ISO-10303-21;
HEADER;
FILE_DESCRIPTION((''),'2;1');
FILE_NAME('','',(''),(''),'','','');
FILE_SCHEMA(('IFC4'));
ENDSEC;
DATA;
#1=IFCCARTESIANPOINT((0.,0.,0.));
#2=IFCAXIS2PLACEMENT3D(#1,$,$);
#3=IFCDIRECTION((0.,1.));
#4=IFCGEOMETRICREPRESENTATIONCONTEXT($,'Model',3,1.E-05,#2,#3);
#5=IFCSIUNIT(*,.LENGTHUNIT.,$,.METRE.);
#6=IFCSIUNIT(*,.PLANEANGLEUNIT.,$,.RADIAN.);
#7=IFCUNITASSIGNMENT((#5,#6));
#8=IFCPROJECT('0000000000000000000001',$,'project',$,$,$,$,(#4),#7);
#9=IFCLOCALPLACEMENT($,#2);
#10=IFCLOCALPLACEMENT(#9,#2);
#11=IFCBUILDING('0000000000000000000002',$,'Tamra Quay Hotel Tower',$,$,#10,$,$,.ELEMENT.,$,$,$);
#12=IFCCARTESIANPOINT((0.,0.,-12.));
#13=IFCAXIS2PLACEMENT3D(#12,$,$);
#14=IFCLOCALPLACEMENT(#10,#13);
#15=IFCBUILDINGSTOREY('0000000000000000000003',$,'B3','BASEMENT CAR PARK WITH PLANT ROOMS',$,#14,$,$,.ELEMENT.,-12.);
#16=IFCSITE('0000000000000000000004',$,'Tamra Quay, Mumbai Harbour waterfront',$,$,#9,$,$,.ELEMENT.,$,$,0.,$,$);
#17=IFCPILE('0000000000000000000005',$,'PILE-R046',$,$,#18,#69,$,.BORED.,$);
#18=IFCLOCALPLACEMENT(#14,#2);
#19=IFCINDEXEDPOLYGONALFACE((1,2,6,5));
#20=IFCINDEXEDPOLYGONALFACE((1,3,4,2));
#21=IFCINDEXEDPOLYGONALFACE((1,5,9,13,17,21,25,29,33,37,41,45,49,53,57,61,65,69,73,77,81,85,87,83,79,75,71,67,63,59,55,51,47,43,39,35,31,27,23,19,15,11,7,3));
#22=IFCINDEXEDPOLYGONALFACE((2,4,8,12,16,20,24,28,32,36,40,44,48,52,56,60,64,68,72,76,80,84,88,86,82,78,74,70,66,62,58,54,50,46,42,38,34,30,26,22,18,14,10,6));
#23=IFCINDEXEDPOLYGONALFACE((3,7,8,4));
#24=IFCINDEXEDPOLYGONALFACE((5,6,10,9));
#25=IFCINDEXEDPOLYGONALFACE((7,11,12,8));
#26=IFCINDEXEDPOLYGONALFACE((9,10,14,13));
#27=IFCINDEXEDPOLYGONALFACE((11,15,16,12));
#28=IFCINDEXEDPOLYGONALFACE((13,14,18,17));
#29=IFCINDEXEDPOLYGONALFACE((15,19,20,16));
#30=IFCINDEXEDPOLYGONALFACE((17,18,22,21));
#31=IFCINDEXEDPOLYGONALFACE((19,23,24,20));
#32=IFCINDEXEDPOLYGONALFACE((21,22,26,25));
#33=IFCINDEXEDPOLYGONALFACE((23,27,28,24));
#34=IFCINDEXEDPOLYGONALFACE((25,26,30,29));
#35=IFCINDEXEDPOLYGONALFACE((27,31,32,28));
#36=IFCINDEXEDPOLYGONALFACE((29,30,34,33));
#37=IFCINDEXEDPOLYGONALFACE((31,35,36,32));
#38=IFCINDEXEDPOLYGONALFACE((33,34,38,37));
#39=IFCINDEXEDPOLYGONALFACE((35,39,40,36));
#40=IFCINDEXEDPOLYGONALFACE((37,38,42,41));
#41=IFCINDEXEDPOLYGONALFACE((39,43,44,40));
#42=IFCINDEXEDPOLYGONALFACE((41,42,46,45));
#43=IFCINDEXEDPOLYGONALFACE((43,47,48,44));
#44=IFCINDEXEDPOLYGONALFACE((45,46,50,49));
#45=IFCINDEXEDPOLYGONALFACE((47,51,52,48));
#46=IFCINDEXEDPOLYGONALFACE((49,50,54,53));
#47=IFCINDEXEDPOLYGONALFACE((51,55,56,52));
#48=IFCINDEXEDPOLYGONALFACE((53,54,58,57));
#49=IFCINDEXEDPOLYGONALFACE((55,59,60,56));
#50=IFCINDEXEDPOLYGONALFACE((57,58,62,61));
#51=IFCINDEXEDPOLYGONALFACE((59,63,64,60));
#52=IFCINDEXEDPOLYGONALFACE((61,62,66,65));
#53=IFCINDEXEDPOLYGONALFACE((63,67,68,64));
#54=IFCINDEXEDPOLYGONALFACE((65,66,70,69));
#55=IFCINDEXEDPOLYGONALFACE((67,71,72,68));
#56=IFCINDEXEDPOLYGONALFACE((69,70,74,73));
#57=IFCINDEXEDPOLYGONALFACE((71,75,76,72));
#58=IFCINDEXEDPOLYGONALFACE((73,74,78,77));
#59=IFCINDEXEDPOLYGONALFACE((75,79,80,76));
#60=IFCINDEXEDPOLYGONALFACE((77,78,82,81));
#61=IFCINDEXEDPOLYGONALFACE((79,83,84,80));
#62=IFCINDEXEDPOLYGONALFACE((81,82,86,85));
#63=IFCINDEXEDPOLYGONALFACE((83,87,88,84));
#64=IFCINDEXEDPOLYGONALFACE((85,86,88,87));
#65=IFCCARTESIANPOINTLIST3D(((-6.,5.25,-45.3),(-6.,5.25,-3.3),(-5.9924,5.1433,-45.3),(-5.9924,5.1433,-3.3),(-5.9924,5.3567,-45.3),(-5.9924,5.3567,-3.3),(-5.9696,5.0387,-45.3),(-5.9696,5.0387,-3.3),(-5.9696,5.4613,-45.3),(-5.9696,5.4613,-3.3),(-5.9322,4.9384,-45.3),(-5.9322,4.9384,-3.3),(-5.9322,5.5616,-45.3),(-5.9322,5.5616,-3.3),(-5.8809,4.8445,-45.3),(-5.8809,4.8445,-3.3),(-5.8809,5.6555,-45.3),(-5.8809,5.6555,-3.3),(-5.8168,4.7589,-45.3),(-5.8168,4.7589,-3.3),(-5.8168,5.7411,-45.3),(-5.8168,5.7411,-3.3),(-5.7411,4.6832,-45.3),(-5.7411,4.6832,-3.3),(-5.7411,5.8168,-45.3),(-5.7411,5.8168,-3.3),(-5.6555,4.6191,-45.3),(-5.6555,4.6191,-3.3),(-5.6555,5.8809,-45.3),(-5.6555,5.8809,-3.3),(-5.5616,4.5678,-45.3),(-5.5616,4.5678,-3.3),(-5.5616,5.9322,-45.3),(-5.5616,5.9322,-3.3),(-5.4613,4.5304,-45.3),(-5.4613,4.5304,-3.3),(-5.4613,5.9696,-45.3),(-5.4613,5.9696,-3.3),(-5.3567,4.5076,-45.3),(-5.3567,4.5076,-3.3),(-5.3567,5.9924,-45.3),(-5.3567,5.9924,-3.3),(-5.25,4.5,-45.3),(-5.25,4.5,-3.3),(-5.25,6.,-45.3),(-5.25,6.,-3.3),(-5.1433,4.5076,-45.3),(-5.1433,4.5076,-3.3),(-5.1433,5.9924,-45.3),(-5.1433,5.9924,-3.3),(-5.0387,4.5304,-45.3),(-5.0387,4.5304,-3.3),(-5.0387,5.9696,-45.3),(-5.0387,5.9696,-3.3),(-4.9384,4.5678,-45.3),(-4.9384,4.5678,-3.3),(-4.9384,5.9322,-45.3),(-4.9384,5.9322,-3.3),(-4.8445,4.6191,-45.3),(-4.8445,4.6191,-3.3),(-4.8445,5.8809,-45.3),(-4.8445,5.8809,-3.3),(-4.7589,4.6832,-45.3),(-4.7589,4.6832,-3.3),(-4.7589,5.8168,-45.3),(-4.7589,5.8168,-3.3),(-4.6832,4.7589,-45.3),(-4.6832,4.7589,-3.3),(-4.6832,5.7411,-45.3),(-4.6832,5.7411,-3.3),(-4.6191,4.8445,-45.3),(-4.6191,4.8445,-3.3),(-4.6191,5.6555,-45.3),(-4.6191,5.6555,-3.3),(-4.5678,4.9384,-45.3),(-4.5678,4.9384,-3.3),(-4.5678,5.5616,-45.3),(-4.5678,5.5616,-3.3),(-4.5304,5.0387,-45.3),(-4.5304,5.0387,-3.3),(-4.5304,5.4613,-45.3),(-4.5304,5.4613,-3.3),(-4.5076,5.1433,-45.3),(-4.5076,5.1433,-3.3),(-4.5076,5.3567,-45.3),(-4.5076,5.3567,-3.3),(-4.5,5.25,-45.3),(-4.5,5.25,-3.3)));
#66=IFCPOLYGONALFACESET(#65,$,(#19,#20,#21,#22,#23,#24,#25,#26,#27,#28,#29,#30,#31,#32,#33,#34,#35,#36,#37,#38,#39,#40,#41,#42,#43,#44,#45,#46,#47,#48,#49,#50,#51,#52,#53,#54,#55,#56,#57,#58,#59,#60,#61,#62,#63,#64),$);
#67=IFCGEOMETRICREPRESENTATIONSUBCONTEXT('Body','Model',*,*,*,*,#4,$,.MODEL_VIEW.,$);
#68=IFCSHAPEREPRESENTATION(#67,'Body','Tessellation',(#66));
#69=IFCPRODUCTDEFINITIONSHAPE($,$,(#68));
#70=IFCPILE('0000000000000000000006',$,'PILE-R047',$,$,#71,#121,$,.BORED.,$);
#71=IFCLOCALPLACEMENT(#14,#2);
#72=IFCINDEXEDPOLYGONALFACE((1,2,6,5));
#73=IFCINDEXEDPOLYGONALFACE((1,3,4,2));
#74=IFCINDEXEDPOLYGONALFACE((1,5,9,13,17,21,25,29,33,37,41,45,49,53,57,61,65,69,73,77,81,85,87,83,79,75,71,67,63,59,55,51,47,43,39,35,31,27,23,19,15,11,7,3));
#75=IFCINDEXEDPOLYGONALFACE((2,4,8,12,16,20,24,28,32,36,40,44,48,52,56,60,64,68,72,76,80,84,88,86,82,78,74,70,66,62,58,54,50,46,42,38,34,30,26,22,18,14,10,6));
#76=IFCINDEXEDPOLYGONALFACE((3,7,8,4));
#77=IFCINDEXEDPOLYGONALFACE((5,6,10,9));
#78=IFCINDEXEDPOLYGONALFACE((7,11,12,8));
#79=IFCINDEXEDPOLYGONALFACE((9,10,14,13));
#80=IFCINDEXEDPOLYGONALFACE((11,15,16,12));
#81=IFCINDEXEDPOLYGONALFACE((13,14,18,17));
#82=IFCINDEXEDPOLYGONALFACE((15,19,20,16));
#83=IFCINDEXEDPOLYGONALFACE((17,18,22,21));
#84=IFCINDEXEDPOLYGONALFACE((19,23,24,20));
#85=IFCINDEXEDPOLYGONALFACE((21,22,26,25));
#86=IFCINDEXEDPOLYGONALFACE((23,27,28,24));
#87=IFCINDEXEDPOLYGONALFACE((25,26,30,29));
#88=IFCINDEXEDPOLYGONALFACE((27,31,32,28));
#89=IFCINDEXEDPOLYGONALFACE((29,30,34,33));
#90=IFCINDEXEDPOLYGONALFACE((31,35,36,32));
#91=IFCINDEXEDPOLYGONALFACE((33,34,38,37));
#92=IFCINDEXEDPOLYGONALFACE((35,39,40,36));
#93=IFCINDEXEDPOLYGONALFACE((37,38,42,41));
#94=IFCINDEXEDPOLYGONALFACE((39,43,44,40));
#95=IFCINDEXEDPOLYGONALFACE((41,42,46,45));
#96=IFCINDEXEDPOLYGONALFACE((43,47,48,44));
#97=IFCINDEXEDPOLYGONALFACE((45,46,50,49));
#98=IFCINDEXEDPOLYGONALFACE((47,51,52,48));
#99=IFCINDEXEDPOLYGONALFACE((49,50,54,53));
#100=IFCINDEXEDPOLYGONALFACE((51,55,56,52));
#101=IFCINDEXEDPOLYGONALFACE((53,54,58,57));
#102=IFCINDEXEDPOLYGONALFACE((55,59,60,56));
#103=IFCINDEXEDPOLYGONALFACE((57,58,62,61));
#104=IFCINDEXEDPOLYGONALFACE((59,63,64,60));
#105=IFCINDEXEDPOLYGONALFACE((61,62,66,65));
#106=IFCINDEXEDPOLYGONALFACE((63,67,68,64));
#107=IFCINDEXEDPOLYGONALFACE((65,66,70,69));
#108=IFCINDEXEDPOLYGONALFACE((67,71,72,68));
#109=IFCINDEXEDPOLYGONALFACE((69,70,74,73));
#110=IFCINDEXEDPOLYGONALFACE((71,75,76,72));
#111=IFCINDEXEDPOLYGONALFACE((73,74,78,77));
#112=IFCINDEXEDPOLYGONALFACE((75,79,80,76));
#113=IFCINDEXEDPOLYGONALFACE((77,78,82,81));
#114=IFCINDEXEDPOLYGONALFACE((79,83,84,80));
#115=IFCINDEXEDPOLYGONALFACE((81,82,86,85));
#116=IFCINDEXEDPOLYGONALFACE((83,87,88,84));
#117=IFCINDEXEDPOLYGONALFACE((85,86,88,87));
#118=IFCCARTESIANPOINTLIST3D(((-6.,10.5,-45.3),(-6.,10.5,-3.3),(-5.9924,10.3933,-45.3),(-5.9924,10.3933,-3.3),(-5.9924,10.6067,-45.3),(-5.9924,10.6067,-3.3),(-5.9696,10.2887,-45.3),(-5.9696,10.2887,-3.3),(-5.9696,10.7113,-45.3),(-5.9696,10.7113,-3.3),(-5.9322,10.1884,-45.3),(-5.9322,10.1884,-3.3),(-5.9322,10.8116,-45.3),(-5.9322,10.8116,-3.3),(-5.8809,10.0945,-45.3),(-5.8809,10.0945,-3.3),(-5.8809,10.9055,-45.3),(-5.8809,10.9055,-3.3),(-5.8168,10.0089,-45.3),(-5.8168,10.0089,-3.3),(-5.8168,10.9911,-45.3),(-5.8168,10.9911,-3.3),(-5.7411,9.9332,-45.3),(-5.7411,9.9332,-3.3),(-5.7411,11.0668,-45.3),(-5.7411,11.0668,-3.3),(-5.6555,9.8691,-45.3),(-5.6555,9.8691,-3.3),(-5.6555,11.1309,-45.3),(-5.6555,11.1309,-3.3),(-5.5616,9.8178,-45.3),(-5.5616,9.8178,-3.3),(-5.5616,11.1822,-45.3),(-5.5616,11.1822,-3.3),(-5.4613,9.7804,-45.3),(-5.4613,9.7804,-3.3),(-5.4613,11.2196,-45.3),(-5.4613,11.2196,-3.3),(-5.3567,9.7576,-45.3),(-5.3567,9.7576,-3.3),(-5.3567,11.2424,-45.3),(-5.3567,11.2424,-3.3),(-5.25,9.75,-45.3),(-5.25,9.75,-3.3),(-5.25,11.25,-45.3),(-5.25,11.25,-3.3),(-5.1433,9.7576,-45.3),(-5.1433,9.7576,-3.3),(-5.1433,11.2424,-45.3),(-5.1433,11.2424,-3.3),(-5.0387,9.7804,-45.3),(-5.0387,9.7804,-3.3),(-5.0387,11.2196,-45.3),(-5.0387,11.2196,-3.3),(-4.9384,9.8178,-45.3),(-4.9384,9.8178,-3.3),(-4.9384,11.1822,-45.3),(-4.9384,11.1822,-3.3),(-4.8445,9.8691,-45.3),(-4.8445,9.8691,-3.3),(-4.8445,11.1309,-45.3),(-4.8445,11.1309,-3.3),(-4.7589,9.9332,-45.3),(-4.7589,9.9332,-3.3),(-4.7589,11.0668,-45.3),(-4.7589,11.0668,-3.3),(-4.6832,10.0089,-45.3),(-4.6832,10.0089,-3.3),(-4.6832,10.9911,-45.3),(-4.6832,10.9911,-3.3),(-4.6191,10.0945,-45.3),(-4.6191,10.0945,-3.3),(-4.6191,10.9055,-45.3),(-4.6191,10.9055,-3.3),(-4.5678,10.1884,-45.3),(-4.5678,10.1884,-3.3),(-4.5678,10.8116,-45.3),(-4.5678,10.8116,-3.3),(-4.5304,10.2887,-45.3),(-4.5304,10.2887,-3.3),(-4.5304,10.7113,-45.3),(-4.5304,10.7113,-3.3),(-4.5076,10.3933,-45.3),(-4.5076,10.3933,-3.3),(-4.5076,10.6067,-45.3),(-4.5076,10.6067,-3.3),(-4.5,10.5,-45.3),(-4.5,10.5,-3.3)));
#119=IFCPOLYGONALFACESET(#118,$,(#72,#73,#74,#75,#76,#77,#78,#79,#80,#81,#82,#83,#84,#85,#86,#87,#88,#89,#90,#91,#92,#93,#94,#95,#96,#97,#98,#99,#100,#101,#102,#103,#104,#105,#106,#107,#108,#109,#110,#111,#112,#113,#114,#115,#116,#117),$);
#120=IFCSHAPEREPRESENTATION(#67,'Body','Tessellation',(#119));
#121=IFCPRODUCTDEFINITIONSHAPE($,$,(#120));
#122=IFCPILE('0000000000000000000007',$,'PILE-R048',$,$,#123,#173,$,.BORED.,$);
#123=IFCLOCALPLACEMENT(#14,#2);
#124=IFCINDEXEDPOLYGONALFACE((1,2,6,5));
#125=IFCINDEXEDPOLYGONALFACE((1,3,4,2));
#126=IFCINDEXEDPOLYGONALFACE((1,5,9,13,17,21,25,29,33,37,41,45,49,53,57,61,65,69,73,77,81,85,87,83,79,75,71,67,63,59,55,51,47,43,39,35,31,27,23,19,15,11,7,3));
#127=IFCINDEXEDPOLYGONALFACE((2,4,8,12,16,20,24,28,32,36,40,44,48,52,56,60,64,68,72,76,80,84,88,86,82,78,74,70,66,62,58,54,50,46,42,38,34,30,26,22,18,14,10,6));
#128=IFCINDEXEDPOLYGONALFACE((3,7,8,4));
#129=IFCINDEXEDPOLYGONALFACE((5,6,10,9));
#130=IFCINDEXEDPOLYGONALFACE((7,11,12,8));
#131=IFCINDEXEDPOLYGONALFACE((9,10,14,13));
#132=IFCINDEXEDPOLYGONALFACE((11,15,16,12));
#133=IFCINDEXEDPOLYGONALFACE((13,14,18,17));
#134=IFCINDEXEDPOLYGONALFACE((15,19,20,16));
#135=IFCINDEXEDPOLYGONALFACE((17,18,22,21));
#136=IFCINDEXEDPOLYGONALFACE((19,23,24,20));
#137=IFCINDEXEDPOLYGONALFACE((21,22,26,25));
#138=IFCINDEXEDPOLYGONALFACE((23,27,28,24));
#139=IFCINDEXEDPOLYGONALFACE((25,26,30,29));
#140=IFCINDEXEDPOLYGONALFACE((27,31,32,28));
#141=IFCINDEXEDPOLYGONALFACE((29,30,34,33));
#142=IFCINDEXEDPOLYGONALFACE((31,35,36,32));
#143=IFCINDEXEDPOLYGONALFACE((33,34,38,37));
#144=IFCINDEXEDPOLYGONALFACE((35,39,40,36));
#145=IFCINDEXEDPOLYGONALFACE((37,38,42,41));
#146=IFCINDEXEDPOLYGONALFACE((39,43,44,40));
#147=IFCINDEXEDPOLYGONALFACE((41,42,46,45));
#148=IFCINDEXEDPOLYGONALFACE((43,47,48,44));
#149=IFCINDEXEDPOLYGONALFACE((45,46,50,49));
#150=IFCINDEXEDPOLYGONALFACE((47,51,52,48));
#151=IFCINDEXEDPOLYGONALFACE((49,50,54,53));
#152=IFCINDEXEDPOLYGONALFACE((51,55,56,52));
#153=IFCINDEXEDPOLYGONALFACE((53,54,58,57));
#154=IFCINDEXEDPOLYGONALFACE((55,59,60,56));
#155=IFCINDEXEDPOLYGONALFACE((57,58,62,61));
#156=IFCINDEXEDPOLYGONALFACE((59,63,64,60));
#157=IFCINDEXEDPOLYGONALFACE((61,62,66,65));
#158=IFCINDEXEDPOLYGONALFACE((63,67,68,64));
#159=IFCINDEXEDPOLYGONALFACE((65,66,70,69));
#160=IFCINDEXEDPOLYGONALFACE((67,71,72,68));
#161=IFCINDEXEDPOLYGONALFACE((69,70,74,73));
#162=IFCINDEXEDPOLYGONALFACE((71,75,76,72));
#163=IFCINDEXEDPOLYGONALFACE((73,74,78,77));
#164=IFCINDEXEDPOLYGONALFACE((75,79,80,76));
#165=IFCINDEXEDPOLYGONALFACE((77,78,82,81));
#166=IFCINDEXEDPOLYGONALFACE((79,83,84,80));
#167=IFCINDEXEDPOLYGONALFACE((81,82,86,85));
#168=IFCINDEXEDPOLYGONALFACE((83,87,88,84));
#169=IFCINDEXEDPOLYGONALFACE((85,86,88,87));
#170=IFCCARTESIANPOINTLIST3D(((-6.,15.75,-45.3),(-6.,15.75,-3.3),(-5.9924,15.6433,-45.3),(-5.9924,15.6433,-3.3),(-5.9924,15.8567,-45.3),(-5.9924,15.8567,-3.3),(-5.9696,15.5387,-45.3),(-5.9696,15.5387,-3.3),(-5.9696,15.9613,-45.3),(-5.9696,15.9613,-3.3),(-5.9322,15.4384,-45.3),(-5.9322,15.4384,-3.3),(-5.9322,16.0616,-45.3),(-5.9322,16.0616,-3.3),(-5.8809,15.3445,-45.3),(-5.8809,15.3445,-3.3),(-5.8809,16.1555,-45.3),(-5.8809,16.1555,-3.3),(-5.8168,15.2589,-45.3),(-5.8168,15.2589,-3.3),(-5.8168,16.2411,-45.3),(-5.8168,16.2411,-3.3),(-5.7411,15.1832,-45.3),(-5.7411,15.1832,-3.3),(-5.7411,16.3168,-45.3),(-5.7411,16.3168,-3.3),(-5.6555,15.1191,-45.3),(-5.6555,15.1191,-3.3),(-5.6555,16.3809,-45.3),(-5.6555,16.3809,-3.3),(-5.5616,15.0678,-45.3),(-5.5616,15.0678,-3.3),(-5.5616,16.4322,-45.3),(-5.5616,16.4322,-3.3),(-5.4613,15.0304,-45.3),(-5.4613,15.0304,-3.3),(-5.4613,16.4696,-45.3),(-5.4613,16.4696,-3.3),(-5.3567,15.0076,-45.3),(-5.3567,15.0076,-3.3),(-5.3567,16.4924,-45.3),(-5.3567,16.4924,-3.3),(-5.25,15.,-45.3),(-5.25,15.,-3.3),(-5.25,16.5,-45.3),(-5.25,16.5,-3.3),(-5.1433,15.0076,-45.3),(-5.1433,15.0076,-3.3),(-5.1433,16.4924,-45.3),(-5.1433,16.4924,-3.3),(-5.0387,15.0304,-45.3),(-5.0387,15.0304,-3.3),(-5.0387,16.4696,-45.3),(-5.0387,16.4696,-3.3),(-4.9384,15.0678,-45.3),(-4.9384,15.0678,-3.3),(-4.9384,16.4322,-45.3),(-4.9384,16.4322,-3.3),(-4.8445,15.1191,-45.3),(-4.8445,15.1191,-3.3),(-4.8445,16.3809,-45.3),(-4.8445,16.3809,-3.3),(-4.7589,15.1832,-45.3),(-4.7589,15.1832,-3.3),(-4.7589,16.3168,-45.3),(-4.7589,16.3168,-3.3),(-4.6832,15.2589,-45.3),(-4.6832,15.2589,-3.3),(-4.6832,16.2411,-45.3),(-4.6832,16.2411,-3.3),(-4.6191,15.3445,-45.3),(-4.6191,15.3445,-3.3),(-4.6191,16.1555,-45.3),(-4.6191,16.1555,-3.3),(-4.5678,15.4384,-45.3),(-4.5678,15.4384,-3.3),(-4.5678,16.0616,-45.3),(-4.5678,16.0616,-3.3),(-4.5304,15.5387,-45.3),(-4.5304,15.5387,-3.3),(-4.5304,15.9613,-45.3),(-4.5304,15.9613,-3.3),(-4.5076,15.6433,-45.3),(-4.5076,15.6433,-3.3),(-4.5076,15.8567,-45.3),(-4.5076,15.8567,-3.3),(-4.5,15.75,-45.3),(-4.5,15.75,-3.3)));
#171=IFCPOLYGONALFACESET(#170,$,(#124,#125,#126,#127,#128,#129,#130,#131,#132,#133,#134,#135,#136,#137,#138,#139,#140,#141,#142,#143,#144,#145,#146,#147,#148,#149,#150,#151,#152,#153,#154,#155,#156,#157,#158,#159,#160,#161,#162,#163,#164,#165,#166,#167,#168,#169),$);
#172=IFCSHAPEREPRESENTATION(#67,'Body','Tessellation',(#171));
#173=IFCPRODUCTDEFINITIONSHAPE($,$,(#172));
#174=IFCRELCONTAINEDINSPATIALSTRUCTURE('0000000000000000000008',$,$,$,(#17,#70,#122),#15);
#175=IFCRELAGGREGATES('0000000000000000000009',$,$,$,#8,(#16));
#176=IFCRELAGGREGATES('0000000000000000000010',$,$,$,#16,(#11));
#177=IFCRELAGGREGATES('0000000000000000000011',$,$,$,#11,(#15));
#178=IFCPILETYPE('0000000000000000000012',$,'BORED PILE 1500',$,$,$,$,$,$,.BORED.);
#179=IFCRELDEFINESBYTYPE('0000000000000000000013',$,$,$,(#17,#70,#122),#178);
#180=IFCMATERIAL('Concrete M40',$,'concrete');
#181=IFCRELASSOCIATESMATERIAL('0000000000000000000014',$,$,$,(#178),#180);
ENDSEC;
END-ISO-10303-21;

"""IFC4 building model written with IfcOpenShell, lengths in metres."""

from ifc_helpers import new_model, si_unit, direction, frame, origin, origin_2d, place, context, subcontext, project, spatial, circle, extrude, material, material_profile, profile_set, type_object, element, save


model = new_model("IFC4")

# Units and contexts
model_context = context("Model", 3, precision=1e-05, world=origin(), true_north=direction((0.0, 1.0)))
body_context = subcontext(model_context, "Body", "Model", "MODEL_VIEW")
ifc_project = project(units=[si_unit("LENGTHUNIT", "METRE"), si_unit("PLANEANGLEUNIT", "RADIAN")], contexts=[model_context])

# Site, building, storey
site_placement = place(None, origin())
site = spatial("IfcSite", under=ifc_project, at=site_placement, Name="Tamra Quay, Mumbai Harbour waterfront", CompositionType="ELEMENT", RefElevation=0.0)
building_placement = place(site_placement, origin())
building = spatial("IfcBuilding", under=site, at=building_placement, Name="Tamra Quay Hotel Tower", CompositionType="ELEMENT")
storey_placement = place(building_placement, frame((0.0, 0.0, -12.0)))
storey = spatial("IfcBuildingStorey", under=building, at=storey_placement, Name="B3", Description="BASEMENT CAR PARK WITH PLANT ROOMS", CompositionType="ELEMENT", Elevation=-12.0)

# Piles
ifc_material_1 = material(Name="Concrete M40", Category="concrete")
ifc_material_profile = material_profile(ifc_material_1, circle(Radius=0.75, at=origin_2d()), Name="BORED PILE 1500")
ifc_profile_set = profile_set([ifc_material_profile], Name="Concrete M40")
pile_type = type_object("IfcPileType", Name="BORED PILE 1500", PredefinedType="BORED", material=ifc_profile_set)
for number, where, z_axis, x_axis, name in (
    (1, (-5.25, 5.25, -3.3), (0.0, 0.0, -1.0), (1.0, 0.0, 0.0), "PILE-R046"),
    (2, (-5.25, 10.5, -3.3), (0.0, 0.0, -1.0), (1.0, 0.0, 0.0), "PILE-R047"),
    (3, (-5.25, 15.75, -3.3), (0.0, 0.0, -1.0), (1.0, 0.0, 0.0), "PILE-R048"),
):
    element("IfcPile", number, at=place(storey_placement, frame(where, z_axis=z_axis, x_axis=x_axis)), inside=storey, type_object=pile_type, Name=name, PredefinedType="BORED", context=body_context, shape_type="SweptSolid", body=[
        extrude(circle(Radius=0.75, at=origin_2d()), origin(), (0.0, 0.0, 1.0), 42.0),
    ])

save(model, "model.ifc")
